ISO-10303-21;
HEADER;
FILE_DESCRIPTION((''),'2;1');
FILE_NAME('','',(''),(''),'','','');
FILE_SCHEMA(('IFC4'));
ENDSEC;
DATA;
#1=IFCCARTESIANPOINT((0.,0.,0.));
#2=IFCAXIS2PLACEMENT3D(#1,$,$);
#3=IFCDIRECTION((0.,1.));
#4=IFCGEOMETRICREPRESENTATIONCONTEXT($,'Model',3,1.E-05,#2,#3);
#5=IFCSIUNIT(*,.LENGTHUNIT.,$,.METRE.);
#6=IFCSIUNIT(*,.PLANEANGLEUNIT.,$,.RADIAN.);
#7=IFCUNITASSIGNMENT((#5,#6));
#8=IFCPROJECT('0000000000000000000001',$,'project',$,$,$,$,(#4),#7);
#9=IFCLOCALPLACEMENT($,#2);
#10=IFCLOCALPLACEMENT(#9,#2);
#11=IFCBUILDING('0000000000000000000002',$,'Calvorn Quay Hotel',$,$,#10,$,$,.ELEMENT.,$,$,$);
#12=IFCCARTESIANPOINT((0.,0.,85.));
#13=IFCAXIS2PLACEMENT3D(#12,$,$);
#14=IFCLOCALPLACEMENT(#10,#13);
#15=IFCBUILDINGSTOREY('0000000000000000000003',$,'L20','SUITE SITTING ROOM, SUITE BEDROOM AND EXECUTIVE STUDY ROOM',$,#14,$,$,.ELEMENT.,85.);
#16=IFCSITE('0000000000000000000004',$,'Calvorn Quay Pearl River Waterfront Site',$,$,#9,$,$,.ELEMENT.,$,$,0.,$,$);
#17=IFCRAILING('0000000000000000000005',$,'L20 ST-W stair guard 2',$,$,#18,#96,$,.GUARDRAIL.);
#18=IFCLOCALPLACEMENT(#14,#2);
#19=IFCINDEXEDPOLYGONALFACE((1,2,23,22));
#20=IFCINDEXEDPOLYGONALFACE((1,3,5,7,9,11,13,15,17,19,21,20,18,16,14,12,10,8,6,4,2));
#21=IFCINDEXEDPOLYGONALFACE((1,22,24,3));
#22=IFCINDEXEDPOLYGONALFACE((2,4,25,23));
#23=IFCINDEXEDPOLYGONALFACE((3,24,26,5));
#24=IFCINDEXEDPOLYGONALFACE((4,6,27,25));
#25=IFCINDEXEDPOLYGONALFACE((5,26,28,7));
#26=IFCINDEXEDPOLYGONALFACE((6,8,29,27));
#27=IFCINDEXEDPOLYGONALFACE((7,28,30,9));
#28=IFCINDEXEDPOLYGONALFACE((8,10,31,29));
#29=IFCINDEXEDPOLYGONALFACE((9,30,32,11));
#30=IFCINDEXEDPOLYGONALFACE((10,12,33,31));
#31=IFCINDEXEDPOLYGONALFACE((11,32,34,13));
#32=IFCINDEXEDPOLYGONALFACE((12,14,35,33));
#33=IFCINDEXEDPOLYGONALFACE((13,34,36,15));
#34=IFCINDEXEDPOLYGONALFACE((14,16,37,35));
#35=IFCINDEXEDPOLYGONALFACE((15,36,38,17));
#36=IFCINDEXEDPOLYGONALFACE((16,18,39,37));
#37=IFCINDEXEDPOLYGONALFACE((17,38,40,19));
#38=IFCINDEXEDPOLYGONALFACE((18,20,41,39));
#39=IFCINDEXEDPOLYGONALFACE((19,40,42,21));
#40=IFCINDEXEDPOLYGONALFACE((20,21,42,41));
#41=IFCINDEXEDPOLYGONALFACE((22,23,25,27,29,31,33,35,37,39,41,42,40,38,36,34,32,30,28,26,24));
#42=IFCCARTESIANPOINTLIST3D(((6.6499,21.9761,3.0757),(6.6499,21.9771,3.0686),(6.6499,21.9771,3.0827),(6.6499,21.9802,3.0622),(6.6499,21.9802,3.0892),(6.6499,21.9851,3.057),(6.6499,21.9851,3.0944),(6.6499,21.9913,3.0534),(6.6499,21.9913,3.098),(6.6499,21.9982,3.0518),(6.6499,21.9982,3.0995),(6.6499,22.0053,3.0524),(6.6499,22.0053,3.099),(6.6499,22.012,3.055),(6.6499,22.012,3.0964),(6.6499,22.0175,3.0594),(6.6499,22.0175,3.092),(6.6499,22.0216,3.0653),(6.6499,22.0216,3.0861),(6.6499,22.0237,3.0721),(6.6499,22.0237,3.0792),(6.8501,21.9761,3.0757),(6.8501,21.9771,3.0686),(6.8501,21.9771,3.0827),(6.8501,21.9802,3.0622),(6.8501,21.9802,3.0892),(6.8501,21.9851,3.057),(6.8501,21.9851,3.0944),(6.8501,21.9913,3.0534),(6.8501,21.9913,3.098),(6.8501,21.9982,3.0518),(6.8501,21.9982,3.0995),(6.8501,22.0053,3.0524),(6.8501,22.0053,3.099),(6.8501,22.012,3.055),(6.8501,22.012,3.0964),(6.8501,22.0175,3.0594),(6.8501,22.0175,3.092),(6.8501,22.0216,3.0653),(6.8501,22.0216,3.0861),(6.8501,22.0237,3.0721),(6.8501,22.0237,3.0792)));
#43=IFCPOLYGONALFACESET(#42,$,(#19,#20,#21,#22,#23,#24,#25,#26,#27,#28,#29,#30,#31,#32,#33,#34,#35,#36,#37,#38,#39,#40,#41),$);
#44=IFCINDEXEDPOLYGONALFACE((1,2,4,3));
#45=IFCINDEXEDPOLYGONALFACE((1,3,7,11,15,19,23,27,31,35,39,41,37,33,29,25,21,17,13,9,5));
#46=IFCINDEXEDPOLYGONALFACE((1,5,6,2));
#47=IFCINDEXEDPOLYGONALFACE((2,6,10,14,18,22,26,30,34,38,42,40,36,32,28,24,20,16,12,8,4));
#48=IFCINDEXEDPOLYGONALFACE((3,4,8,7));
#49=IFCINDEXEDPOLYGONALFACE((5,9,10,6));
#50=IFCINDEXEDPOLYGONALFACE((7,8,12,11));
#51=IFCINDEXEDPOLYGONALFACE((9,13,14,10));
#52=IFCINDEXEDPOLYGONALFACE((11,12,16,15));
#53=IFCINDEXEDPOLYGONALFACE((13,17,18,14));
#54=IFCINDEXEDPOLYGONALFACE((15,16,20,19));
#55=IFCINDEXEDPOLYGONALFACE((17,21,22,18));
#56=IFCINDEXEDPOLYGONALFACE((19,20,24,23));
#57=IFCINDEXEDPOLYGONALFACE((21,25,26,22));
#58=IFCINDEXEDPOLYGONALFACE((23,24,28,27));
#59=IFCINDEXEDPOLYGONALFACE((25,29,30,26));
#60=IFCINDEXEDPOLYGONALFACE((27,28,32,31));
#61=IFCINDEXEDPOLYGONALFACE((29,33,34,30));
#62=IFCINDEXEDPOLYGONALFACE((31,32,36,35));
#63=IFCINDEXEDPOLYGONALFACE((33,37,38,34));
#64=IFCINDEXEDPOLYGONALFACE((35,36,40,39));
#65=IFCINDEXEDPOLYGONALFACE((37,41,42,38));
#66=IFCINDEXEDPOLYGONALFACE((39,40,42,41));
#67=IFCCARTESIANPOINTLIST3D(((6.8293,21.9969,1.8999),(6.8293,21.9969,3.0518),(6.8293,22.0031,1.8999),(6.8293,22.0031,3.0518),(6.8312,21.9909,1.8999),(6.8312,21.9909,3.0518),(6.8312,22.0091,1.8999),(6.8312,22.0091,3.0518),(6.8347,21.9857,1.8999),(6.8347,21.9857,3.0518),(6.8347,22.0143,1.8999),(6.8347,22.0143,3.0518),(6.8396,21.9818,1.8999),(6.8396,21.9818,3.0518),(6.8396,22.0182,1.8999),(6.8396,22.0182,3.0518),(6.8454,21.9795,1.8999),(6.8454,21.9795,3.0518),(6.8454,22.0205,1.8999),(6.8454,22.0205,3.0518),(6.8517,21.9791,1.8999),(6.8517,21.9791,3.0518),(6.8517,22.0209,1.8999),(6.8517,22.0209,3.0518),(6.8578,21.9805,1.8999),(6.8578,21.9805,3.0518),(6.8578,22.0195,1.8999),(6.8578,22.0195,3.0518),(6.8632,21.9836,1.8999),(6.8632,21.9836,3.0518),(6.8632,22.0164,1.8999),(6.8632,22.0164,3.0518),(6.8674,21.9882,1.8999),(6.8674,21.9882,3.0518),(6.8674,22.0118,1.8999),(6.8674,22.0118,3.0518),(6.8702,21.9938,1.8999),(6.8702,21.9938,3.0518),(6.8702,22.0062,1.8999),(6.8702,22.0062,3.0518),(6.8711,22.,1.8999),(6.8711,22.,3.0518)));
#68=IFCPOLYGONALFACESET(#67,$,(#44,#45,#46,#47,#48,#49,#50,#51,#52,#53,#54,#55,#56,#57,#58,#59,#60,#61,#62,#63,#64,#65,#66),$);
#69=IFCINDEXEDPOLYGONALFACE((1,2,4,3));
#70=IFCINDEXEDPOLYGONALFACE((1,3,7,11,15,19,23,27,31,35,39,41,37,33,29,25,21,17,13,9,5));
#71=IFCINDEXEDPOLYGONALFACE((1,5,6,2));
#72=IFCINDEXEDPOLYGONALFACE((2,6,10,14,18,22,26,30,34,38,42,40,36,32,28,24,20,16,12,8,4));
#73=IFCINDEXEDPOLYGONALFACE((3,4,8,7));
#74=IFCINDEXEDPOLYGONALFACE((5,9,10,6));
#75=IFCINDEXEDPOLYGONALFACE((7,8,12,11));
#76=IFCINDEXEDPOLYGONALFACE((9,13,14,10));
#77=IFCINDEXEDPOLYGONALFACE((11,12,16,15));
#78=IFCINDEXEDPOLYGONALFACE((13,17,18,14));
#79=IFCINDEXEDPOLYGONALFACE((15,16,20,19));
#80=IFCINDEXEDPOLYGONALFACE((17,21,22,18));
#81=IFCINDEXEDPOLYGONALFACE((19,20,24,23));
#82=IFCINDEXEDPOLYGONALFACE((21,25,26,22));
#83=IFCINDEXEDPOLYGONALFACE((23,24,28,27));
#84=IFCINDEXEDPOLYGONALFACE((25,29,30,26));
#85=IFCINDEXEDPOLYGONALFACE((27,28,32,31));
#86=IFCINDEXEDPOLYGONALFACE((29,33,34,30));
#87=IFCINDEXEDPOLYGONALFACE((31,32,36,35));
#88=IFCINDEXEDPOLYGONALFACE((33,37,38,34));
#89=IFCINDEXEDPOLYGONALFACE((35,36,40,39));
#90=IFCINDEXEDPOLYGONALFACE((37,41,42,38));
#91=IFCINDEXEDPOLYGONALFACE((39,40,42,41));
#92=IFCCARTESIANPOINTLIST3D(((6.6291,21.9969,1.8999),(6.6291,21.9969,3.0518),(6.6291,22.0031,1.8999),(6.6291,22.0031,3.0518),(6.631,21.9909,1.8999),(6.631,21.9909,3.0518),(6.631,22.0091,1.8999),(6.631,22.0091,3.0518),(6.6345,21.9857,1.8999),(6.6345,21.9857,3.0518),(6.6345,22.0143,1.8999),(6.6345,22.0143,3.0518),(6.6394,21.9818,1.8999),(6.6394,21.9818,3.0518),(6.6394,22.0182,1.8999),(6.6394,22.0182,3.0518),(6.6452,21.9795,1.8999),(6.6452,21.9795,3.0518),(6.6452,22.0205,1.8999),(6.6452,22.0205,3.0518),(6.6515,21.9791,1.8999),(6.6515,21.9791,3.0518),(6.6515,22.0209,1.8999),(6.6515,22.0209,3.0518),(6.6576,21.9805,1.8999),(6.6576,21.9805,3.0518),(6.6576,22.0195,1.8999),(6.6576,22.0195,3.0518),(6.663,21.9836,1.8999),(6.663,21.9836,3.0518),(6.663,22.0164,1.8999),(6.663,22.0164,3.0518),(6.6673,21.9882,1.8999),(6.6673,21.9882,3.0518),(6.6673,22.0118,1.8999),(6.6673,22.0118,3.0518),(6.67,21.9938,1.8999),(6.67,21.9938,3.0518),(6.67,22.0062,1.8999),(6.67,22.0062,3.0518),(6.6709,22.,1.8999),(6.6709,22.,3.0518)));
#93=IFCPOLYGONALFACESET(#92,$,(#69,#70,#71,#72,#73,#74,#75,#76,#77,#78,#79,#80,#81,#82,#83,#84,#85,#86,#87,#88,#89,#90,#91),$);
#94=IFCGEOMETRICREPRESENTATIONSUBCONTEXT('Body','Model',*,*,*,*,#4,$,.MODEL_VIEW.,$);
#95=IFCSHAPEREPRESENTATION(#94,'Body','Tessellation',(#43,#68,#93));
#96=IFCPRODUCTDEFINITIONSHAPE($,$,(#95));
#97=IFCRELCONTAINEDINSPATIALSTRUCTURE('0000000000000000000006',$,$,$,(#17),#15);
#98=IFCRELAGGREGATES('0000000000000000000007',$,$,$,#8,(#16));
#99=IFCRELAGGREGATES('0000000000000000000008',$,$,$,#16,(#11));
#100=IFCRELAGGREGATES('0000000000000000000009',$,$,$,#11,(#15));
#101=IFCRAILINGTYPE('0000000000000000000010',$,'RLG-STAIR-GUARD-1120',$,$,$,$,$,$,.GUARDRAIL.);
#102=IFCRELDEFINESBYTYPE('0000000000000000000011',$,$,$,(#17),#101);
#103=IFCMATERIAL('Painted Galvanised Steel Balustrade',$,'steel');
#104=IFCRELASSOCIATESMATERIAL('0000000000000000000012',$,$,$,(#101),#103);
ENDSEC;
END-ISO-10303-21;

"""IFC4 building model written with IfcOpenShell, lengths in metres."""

from ifc_helpers import new_model, si_unit, direction, frame, origin, origin_2d, place, context, subcontext, project, spatial, circle, extrude, material, type_object, element, save


model = new_model("IFC4")

# Units and contexts
model_context = context("Model", 3, precision=1e-05, world=origin(), true_north=direction((0.0, 1.0)))
body_context = subcontext(model_context, "Body", "Model", "MODEL_VIEW")
ifc_project = project(units=[si_unit("LENGTHUNIT", "METRE"), si_unit("PLANEANGLEUNIT", "RADIAN")], contexts=[model_context])

# Site, building, storey
site_placement = place(None, origin())
site = spatial("IfcSite", under=ifc_project, at=site_placement, Name="Calvorn Quay Pearl River Waterfront Site", CompositionType="ELEMENT", RefElevation=0.0)
building_placement = place(site_placement, origin())
building = spatial("IfcBuilding", under=site, at=building_placement, Name="Calvorn Quay Hotel", CompositionType="ELEMENT")
storey_placement = place(building_placement, frame((0.0, 0.0, 85.0)))
storey = spatial("IfcBuildingStorey", under=building, at=storey_placement, Name="L20", Description="SUITE SITTING ROOM, SUITE BEDROOM AND EXECUTIVE STUDY ROOM", CompositionType="ELEMENT", Elevation=85.0)

# Railing
ifc_material_1 = material(Name="Painted Galvanised Steel Balustrade", Category="steel")
railing_type_1 = type_object("IfcRailingType", Name="RLG-STAIR-GUARD-1120", PredefinedType="GUARDRAIL", material=ifc_material_1)
railing_1_placement = place(storey_placement, frame((6.8501, 22.0, 1.8999)))
element("IfcRailing", 1, at=railing_1_placement, inside=storey, type_object=railing_type_1, Name="L20 ST-W stair guard 2", PredefinedType="GUARDRAIL", context=body_context, shape_type="SweptSolid", body=[
    extrude(circle(Radius=0.0239, at=origin_2d()), frame((0.0, 0.0, 1.1758), z_axis=(-1.0, 0.0, 0.0), x_axis=(0.0, -1.0, 0.0)), (0.0, 0.0, 1.0), 0.2002),
    extrude(circle(Radius=0.021, at=origin_2d()), origin(), (0.0, 0.0, 1.0), 1.1519),
    extrude(circle(Radius=0.021, at=origin_2d()), frame((-0.2002, 0.0, 0.0)), (0.0, 0.0, 1.0), 1.1519),
])

save(model, "model.ifc")
